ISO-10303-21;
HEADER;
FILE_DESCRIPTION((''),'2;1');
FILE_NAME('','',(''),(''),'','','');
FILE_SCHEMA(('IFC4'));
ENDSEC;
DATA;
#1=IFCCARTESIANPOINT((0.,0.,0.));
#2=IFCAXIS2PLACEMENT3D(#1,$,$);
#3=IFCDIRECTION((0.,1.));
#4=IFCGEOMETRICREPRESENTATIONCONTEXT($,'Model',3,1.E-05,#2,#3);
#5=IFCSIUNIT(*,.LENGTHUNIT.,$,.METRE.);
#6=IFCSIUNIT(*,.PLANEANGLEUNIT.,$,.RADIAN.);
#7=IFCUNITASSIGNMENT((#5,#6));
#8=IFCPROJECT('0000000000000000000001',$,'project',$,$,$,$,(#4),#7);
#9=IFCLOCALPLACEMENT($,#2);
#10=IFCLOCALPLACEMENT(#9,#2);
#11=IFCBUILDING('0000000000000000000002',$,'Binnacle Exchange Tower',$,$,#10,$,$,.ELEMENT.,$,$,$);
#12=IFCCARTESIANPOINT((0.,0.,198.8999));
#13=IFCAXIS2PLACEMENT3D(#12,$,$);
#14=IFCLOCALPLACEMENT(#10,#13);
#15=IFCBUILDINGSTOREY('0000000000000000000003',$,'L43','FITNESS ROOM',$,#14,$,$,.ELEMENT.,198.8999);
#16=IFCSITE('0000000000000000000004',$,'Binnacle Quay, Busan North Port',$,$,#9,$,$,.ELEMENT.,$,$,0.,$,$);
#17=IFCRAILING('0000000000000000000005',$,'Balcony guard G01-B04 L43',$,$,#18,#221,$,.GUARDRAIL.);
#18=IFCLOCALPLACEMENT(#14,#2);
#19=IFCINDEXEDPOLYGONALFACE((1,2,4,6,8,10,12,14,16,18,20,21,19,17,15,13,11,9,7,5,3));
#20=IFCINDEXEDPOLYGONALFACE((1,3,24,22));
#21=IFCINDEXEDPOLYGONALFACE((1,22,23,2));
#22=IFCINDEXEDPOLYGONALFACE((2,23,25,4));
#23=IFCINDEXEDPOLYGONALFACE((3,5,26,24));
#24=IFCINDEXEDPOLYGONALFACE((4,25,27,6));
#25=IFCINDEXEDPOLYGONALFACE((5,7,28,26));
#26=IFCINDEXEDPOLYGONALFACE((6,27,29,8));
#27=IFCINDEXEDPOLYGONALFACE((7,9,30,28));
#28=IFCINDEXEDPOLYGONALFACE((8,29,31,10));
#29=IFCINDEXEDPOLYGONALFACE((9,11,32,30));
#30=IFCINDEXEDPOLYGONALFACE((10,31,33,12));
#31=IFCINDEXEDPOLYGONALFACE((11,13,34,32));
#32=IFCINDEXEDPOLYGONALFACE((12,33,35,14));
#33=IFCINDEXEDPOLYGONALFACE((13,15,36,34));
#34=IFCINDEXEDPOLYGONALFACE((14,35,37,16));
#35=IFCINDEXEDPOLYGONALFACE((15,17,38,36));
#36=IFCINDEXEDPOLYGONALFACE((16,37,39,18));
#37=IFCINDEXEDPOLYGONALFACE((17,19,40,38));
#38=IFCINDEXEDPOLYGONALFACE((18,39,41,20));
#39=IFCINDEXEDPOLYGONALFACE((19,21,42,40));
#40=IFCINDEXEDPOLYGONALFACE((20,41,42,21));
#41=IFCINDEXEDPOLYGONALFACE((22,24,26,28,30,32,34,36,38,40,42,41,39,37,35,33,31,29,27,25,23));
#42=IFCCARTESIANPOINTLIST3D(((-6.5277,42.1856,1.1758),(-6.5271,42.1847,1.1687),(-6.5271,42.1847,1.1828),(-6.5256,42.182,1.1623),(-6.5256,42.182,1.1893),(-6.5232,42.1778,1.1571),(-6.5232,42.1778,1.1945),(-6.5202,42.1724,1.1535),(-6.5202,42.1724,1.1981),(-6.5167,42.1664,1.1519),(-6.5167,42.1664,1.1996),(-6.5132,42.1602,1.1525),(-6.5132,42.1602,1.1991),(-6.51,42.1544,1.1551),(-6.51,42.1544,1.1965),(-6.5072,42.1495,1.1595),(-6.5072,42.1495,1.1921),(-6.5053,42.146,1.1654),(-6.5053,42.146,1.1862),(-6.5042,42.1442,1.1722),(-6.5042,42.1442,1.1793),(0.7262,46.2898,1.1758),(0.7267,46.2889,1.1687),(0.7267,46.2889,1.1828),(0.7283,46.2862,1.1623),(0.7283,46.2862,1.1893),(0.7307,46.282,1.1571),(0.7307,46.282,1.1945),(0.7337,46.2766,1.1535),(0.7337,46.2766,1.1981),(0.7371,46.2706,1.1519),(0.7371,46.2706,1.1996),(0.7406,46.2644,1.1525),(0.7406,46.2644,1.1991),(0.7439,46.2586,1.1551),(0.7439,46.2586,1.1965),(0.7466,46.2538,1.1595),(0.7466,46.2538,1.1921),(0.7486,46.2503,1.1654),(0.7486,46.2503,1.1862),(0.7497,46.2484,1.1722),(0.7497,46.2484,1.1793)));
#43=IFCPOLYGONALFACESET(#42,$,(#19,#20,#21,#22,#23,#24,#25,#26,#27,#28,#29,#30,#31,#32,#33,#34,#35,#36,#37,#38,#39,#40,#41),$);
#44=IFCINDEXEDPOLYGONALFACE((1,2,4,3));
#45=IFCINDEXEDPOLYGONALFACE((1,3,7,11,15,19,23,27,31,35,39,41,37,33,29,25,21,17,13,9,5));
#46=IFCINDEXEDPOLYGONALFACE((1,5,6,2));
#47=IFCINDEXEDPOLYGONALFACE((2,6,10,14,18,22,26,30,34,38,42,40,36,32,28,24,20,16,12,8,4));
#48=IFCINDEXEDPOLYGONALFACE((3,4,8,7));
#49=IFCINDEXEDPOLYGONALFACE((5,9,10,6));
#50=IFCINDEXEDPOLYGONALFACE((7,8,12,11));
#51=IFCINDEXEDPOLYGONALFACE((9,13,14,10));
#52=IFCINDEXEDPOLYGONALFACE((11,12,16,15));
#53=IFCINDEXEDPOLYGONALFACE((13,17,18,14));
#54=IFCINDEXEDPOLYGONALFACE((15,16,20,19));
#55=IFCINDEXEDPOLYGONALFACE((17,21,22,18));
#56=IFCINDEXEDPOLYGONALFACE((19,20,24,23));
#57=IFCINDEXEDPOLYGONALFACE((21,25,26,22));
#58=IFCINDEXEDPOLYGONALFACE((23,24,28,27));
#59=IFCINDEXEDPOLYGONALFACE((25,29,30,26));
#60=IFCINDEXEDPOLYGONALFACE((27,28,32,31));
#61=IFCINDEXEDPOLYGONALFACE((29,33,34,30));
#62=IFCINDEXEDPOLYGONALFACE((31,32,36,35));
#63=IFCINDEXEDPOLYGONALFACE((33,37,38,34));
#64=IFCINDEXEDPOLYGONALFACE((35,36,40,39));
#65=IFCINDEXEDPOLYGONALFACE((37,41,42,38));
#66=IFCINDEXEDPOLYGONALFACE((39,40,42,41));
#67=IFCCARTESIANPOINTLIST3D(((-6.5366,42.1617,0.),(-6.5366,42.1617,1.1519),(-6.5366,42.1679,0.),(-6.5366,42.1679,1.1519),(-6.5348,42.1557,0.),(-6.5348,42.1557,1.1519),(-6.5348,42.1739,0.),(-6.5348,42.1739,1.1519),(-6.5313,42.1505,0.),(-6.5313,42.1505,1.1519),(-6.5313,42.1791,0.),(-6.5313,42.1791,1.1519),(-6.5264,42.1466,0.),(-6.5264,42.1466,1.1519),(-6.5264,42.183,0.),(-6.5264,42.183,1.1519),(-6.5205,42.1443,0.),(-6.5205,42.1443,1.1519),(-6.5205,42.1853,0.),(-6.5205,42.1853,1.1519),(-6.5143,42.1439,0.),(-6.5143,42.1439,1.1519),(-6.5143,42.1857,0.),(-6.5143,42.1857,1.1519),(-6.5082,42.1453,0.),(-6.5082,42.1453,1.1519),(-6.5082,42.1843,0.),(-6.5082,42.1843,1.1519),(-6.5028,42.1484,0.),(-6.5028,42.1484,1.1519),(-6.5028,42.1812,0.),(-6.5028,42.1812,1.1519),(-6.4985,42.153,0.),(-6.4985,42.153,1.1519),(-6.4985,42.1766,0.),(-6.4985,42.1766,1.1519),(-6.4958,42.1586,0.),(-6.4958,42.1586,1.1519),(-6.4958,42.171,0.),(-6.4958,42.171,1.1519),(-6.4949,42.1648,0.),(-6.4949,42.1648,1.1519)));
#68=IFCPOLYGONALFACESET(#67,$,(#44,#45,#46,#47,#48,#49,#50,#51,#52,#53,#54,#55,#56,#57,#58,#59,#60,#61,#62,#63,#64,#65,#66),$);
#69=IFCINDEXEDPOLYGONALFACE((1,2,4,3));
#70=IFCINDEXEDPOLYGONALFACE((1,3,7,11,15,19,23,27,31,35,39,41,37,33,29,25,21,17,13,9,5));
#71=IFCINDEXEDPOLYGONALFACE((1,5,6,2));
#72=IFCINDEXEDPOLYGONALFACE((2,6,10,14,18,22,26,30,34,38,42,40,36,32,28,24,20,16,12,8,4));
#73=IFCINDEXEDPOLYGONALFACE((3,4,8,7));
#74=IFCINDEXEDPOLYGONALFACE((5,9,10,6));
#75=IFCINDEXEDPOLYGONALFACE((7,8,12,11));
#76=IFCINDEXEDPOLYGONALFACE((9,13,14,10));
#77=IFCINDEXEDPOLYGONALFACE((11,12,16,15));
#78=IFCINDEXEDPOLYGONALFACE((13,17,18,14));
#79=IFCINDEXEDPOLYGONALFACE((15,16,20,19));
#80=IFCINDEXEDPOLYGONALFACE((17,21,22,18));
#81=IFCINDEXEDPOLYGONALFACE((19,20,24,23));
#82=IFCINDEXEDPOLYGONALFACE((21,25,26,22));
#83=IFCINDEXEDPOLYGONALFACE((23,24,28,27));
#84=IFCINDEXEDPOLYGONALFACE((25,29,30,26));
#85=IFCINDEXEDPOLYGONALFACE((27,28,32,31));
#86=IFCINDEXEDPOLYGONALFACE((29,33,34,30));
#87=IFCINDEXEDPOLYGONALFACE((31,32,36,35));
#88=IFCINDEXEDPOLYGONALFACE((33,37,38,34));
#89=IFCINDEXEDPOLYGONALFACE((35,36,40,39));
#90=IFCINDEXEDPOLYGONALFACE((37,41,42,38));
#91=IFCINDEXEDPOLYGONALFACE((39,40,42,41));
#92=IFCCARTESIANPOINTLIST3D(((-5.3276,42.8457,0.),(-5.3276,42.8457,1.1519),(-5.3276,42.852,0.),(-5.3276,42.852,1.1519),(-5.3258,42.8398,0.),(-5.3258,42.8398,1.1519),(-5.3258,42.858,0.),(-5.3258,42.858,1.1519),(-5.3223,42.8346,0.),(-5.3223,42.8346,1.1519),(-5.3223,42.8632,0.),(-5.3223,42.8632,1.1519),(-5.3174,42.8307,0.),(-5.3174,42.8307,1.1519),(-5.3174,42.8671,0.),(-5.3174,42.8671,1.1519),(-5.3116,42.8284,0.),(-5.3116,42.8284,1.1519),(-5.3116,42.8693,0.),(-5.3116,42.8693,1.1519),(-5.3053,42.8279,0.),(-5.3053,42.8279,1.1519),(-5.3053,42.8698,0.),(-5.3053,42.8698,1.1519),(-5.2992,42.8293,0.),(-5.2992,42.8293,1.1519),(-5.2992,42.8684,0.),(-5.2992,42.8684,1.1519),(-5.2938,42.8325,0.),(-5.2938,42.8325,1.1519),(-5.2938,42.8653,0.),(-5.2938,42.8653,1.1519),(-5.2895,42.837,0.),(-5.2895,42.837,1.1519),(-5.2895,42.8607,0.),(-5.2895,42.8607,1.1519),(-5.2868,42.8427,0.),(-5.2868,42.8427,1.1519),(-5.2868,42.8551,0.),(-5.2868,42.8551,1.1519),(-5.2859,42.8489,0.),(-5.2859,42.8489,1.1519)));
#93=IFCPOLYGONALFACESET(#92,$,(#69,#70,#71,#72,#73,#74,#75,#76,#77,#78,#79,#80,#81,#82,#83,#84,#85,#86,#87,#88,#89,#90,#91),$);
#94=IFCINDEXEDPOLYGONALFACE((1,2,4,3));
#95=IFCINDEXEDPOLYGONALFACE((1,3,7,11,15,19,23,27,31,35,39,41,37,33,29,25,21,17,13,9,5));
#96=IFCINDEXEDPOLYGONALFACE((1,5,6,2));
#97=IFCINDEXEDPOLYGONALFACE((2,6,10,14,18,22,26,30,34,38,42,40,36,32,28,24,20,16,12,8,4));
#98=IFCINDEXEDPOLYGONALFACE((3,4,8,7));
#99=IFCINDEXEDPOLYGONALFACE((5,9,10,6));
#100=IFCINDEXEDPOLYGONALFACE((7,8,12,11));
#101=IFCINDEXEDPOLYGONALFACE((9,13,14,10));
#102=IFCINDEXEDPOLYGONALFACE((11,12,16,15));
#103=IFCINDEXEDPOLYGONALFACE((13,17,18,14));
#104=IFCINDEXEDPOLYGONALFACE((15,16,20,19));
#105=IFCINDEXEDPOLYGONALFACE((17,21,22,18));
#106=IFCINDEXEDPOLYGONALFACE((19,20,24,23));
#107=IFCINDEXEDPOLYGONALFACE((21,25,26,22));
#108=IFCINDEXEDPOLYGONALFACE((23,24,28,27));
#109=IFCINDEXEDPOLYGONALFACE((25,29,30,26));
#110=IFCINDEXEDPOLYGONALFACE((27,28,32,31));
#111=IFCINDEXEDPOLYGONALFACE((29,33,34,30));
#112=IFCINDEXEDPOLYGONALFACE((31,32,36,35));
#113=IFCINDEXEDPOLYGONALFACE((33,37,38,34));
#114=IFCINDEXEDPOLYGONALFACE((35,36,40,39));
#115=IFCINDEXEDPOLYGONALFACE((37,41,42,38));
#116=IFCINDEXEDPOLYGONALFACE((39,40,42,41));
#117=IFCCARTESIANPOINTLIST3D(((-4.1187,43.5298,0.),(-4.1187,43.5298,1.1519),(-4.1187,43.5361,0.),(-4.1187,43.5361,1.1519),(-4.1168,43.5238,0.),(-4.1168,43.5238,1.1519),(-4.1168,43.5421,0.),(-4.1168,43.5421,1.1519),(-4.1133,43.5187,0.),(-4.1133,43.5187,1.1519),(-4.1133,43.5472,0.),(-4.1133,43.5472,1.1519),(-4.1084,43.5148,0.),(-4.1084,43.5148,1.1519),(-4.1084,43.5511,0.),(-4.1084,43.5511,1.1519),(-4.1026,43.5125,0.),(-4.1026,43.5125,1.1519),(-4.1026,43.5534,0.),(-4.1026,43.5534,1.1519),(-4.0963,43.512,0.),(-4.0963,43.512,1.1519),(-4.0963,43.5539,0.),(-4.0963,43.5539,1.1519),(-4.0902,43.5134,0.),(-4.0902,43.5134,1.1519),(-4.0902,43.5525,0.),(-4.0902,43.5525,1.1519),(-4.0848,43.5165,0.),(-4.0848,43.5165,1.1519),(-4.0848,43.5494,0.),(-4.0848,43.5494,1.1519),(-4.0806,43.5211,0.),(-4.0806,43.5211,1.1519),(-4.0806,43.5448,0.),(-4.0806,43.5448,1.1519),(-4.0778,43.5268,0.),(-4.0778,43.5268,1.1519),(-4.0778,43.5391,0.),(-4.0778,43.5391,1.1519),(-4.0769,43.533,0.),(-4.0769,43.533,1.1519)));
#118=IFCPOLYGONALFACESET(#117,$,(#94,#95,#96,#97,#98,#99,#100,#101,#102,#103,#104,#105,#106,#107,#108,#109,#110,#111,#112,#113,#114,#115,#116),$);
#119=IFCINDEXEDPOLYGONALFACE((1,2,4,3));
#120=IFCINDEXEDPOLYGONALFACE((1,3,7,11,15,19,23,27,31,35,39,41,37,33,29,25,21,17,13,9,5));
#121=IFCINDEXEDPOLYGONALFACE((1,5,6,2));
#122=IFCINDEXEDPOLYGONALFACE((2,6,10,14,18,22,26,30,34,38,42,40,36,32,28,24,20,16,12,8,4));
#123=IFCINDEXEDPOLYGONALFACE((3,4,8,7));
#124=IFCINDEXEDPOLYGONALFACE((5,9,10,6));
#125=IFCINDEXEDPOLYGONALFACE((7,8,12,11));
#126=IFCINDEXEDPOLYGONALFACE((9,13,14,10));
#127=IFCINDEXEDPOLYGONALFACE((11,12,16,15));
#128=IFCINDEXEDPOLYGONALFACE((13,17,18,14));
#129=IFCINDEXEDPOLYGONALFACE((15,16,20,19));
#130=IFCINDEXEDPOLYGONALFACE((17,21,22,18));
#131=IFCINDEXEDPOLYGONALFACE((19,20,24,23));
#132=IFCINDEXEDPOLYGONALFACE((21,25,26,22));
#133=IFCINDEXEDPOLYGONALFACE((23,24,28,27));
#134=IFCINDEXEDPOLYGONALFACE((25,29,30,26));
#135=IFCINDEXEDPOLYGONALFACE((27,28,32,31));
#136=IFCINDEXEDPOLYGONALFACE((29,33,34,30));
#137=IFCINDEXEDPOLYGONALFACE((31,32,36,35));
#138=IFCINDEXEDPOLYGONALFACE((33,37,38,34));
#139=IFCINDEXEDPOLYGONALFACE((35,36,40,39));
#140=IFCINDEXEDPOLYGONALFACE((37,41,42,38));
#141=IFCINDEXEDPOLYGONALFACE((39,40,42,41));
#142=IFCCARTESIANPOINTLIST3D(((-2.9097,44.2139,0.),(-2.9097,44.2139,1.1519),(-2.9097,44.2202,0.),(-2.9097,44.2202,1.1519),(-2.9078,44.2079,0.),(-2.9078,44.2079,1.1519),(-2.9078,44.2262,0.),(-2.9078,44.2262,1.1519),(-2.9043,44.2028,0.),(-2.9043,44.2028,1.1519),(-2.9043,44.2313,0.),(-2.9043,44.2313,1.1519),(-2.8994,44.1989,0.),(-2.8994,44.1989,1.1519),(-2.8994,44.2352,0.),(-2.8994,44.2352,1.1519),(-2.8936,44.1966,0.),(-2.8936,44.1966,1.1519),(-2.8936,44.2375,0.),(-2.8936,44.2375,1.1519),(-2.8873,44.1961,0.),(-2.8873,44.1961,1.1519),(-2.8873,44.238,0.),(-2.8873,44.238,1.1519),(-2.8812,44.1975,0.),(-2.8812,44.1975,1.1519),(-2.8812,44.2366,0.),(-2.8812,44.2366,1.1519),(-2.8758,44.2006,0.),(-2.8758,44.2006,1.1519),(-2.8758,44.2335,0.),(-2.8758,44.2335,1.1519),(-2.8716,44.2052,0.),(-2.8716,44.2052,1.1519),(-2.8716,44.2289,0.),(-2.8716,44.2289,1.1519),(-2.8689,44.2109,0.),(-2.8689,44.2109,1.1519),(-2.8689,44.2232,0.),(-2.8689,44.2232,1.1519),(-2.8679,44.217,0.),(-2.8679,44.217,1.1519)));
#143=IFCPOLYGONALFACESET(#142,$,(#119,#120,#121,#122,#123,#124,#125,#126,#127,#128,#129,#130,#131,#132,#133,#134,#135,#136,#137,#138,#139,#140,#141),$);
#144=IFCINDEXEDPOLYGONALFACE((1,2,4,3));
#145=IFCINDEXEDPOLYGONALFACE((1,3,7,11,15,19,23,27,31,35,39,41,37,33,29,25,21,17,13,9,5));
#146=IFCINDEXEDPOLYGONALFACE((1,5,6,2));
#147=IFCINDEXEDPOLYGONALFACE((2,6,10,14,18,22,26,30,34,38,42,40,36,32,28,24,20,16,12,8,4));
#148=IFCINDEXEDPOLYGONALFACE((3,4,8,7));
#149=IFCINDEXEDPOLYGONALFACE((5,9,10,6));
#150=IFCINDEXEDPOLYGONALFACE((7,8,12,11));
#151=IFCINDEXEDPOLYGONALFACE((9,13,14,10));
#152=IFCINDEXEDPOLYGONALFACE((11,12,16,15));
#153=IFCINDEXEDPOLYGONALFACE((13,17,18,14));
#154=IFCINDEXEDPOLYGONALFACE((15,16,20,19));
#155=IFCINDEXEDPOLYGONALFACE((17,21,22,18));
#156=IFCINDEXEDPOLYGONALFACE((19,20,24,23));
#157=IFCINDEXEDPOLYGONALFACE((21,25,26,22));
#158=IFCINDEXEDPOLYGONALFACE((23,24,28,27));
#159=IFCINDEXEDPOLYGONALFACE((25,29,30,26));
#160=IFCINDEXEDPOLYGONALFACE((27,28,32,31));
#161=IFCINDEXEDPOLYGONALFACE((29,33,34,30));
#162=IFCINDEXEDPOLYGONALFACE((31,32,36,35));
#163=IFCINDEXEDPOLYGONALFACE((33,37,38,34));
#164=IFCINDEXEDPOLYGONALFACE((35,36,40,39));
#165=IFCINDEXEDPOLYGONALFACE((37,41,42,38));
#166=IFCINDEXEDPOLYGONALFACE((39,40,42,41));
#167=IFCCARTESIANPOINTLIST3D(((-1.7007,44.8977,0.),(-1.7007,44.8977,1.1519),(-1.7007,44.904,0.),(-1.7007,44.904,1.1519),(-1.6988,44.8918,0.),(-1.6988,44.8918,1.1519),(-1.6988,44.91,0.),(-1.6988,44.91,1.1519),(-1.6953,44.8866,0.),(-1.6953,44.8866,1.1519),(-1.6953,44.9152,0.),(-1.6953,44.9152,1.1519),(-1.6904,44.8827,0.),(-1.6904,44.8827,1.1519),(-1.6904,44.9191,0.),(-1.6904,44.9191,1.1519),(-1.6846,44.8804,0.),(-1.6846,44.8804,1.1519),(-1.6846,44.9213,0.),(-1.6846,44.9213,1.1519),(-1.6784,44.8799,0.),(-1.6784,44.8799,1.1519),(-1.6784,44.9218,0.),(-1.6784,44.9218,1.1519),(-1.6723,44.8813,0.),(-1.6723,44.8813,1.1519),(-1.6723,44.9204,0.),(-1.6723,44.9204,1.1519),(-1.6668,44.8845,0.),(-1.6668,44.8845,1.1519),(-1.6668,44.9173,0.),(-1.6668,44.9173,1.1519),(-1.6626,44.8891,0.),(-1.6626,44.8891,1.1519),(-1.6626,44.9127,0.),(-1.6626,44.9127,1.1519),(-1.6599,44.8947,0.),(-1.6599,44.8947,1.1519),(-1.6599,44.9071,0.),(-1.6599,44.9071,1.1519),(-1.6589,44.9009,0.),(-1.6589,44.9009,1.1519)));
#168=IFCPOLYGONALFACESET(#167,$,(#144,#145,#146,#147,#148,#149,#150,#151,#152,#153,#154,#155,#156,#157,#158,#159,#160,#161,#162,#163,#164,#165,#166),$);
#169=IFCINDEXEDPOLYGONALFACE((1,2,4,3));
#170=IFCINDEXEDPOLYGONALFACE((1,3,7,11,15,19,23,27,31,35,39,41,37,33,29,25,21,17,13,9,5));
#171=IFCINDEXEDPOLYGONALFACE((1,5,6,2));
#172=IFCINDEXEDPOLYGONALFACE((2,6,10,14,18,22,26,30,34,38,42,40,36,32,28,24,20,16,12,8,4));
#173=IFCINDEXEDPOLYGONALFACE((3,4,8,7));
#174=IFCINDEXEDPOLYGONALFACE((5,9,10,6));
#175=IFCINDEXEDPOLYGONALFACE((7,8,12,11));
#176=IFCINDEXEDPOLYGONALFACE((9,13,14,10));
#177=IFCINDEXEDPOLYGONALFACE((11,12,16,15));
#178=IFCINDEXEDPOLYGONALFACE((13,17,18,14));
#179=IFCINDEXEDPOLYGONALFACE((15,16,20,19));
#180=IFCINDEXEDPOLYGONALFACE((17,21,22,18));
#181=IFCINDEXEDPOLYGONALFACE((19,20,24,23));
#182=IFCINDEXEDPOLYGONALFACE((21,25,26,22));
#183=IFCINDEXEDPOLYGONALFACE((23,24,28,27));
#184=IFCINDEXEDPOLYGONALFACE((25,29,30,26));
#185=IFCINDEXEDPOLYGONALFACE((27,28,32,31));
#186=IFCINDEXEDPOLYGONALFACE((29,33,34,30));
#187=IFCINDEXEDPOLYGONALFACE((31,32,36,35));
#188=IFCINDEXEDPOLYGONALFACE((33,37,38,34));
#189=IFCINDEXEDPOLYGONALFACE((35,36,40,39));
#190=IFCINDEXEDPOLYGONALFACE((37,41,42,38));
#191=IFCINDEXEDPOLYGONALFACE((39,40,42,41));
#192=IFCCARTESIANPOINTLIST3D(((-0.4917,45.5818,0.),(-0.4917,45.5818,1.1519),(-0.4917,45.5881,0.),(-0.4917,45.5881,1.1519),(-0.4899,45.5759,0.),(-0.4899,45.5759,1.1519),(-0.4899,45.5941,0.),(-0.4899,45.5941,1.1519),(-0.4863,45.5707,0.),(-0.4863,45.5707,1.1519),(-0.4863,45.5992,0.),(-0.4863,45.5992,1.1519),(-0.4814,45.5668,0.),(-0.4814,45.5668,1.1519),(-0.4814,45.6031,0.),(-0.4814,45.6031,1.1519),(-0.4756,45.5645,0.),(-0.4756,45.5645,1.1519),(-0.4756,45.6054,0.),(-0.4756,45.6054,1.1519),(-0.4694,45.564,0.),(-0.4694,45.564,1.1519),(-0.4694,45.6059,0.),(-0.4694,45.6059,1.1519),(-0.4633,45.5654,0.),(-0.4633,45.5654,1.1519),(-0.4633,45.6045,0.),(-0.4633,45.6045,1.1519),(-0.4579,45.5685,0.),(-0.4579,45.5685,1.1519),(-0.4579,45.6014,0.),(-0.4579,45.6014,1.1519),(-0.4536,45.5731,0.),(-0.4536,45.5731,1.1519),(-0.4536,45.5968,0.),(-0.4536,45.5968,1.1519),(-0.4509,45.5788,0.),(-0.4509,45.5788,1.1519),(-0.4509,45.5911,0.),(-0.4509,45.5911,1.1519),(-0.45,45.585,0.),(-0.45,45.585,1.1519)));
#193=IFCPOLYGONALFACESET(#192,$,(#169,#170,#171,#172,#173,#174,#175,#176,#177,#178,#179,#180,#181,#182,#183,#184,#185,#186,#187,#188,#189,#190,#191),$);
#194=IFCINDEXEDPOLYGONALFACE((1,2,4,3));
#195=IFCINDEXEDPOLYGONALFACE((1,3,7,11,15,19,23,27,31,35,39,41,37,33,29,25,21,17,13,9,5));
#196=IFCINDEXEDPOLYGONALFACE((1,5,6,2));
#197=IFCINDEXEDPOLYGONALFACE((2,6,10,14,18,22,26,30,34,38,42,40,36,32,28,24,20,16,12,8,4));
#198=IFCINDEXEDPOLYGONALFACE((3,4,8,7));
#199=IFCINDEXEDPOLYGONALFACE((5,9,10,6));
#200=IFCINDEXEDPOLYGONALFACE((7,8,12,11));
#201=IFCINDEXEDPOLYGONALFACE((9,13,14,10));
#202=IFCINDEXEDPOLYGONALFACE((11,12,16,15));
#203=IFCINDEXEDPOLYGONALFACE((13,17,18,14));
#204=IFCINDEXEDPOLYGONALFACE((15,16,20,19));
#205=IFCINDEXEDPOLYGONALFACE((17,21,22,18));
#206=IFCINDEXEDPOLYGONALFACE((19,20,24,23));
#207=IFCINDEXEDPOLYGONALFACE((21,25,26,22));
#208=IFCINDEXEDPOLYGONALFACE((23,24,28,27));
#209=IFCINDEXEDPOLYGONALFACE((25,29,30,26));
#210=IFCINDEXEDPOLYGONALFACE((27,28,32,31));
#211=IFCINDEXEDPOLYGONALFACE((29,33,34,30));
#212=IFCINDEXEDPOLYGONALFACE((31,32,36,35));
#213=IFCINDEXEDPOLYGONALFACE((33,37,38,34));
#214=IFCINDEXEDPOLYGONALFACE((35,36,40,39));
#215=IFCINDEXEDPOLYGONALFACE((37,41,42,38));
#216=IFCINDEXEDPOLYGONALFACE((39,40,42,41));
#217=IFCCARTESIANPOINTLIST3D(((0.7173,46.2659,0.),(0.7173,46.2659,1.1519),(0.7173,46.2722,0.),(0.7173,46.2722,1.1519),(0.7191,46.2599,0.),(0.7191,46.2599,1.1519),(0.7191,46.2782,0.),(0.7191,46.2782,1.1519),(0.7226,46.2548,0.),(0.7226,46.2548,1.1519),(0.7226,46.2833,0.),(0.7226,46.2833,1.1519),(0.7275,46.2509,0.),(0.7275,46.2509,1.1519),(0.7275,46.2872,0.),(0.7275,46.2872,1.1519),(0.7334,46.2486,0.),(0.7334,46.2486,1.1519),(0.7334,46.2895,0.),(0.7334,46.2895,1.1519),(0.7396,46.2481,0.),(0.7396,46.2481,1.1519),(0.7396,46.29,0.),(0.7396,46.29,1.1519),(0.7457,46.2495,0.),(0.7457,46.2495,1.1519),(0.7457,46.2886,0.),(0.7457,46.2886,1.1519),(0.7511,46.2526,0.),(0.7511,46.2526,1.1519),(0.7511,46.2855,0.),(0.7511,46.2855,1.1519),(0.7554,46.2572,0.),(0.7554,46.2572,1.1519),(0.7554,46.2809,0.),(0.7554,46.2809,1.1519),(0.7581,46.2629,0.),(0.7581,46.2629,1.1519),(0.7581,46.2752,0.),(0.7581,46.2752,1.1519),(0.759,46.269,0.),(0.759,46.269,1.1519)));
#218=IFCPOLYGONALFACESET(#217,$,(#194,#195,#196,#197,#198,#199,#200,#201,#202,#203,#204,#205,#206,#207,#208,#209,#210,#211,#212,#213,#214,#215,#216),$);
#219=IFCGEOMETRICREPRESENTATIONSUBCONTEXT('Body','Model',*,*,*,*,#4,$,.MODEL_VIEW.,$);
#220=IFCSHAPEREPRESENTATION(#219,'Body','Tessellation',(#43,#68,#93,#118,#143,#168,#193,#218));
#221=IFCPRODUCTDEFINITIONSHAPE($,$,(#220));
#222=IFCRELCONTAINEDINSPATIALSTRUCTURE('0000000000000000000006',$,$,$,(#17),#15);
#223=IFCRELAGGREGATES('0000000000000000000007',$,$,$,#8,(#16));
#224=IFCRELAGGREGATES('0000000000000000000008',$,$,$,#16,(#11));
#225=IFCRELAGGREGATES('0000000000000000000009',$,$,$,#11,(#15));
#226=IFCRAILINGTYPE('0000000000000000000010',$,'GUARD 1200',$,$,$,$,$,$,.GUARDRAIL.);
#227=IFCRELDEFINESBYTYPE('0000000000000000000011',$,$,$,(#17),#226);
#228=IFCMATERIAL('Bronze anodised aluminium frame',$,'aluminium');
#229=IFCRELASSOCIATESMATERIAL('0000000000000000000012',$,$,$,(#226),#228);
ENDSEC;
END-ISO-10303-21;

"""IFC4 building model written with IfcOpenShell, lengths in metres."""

from ifc_helpers import new_model, si_unit, direction, frame, origin, origin_2d, place, context, subcontext, project, spatial, circle, extrude, material, type_object, element, save


model = new_model("IFC4")

# Units and contexts
model_context = context("Model", 3, precision=1e-05, world=origin(), true_north=direction((0.0, 1.0)))
body_context = subcontext(model_context, "Body", "Model", "MODEL_VIEW")
ifc_project = project(units=[si_unit("LENGTHUNIT", "METRE"), si_unit("PLANEANGLEUNIT", "RADIAN")], contexts=[model_context])

# Site, building, storey
site_placement = place(None, origin())
site = spatial("IfcSite", under=ifc_project, at=site_placement, Name="Binnacle Quay, Busan North Port", CompositionType="ELEMENT", RefElevation=0.0)
building_placement = place(site_placement, origin())
building = spatial("IfcBuilding", under=site, at=building_placement, Name="Binnacle Exchange Tower", CompositionType="ELEMENT")
storey_placement = place(building_placement, frame((0.0, 0.0, 198.8999)))
storey = spatial("IfcBuildingStorey", under=building, at=storey_placement, Name="L43", Description="FITNESS ROOM", CompositionType="ELEMENT", Elevation=198.8999)

# Shared definitions
ifc_material_1 = material(Name="Bronze anodised aluminium frame", Category="aluminium")

# Railing
railing_type = type_object("IfcRailingType", Name="GUARD 1200", PredefinedType="GUARDRAIL", material=ifc_material_1)
railing_placement = place(storey_placement, frame((-6.5159, 42.1648, 0.0)))
element("IfcRailing", 1, at=railing_placement, inside=storey, type_object=railing_type, Name="Balcony guard G01-B04 L43", PredefinedType="GUARDRAIL", context=body_context, shape_type="SweptSolid", body=[
    extrude(circle(Radius=0.0239, at=origin_2d()), frame((0.0, 0.0, 1.1758), z_axis=(0.870346, 0.49244, 0.0), x_axis=(-0.49244, 0.870346, 0.0)), (0.0, 0.0, 1.0), 8.3345),
    extrude(circle(Radius=0.021, at=origin_2d()), origin(), (0.0, 0.0, 1.0), 1.1519),
    extrude(circle(Radius=0.021, at=origin_2d()), frame((1.209, 0.6841, 0.0)), (0.0, 0.0, 1.0), 1.1519),
    extrude(circle(Radius=0.021, at=origin_2d()), frame((2.418, 1.3682, 0.0)), (0.0, 0.0, 1.0), 1.1519),
    extrude(circle(Radius=0.021, at=origin_2d()), frame((3.627, 2.0522, 0.0)), (0.0, 0.0, 1.0), 1.1519),
    extrude(circle(Radius=0.021, at=origin_2d()), frame((4.8359, 2.7361, 0.0)), (0.0, 0.0, 1.0), 1.1519),
    extrude(circle(Radius=0.021, at=origin_2d()), frame((6.0449, 3.4202, 0.0)), (0.0, 0.0, 1.0), 1.1519),
    extrude(circle(Radius=0.021, at=origin_2d()), frame((7.2539, 4.1042, 0.0)), (0.0, 0.0, 1.0), 1.1519),
])

save(model, "model.ifc")
